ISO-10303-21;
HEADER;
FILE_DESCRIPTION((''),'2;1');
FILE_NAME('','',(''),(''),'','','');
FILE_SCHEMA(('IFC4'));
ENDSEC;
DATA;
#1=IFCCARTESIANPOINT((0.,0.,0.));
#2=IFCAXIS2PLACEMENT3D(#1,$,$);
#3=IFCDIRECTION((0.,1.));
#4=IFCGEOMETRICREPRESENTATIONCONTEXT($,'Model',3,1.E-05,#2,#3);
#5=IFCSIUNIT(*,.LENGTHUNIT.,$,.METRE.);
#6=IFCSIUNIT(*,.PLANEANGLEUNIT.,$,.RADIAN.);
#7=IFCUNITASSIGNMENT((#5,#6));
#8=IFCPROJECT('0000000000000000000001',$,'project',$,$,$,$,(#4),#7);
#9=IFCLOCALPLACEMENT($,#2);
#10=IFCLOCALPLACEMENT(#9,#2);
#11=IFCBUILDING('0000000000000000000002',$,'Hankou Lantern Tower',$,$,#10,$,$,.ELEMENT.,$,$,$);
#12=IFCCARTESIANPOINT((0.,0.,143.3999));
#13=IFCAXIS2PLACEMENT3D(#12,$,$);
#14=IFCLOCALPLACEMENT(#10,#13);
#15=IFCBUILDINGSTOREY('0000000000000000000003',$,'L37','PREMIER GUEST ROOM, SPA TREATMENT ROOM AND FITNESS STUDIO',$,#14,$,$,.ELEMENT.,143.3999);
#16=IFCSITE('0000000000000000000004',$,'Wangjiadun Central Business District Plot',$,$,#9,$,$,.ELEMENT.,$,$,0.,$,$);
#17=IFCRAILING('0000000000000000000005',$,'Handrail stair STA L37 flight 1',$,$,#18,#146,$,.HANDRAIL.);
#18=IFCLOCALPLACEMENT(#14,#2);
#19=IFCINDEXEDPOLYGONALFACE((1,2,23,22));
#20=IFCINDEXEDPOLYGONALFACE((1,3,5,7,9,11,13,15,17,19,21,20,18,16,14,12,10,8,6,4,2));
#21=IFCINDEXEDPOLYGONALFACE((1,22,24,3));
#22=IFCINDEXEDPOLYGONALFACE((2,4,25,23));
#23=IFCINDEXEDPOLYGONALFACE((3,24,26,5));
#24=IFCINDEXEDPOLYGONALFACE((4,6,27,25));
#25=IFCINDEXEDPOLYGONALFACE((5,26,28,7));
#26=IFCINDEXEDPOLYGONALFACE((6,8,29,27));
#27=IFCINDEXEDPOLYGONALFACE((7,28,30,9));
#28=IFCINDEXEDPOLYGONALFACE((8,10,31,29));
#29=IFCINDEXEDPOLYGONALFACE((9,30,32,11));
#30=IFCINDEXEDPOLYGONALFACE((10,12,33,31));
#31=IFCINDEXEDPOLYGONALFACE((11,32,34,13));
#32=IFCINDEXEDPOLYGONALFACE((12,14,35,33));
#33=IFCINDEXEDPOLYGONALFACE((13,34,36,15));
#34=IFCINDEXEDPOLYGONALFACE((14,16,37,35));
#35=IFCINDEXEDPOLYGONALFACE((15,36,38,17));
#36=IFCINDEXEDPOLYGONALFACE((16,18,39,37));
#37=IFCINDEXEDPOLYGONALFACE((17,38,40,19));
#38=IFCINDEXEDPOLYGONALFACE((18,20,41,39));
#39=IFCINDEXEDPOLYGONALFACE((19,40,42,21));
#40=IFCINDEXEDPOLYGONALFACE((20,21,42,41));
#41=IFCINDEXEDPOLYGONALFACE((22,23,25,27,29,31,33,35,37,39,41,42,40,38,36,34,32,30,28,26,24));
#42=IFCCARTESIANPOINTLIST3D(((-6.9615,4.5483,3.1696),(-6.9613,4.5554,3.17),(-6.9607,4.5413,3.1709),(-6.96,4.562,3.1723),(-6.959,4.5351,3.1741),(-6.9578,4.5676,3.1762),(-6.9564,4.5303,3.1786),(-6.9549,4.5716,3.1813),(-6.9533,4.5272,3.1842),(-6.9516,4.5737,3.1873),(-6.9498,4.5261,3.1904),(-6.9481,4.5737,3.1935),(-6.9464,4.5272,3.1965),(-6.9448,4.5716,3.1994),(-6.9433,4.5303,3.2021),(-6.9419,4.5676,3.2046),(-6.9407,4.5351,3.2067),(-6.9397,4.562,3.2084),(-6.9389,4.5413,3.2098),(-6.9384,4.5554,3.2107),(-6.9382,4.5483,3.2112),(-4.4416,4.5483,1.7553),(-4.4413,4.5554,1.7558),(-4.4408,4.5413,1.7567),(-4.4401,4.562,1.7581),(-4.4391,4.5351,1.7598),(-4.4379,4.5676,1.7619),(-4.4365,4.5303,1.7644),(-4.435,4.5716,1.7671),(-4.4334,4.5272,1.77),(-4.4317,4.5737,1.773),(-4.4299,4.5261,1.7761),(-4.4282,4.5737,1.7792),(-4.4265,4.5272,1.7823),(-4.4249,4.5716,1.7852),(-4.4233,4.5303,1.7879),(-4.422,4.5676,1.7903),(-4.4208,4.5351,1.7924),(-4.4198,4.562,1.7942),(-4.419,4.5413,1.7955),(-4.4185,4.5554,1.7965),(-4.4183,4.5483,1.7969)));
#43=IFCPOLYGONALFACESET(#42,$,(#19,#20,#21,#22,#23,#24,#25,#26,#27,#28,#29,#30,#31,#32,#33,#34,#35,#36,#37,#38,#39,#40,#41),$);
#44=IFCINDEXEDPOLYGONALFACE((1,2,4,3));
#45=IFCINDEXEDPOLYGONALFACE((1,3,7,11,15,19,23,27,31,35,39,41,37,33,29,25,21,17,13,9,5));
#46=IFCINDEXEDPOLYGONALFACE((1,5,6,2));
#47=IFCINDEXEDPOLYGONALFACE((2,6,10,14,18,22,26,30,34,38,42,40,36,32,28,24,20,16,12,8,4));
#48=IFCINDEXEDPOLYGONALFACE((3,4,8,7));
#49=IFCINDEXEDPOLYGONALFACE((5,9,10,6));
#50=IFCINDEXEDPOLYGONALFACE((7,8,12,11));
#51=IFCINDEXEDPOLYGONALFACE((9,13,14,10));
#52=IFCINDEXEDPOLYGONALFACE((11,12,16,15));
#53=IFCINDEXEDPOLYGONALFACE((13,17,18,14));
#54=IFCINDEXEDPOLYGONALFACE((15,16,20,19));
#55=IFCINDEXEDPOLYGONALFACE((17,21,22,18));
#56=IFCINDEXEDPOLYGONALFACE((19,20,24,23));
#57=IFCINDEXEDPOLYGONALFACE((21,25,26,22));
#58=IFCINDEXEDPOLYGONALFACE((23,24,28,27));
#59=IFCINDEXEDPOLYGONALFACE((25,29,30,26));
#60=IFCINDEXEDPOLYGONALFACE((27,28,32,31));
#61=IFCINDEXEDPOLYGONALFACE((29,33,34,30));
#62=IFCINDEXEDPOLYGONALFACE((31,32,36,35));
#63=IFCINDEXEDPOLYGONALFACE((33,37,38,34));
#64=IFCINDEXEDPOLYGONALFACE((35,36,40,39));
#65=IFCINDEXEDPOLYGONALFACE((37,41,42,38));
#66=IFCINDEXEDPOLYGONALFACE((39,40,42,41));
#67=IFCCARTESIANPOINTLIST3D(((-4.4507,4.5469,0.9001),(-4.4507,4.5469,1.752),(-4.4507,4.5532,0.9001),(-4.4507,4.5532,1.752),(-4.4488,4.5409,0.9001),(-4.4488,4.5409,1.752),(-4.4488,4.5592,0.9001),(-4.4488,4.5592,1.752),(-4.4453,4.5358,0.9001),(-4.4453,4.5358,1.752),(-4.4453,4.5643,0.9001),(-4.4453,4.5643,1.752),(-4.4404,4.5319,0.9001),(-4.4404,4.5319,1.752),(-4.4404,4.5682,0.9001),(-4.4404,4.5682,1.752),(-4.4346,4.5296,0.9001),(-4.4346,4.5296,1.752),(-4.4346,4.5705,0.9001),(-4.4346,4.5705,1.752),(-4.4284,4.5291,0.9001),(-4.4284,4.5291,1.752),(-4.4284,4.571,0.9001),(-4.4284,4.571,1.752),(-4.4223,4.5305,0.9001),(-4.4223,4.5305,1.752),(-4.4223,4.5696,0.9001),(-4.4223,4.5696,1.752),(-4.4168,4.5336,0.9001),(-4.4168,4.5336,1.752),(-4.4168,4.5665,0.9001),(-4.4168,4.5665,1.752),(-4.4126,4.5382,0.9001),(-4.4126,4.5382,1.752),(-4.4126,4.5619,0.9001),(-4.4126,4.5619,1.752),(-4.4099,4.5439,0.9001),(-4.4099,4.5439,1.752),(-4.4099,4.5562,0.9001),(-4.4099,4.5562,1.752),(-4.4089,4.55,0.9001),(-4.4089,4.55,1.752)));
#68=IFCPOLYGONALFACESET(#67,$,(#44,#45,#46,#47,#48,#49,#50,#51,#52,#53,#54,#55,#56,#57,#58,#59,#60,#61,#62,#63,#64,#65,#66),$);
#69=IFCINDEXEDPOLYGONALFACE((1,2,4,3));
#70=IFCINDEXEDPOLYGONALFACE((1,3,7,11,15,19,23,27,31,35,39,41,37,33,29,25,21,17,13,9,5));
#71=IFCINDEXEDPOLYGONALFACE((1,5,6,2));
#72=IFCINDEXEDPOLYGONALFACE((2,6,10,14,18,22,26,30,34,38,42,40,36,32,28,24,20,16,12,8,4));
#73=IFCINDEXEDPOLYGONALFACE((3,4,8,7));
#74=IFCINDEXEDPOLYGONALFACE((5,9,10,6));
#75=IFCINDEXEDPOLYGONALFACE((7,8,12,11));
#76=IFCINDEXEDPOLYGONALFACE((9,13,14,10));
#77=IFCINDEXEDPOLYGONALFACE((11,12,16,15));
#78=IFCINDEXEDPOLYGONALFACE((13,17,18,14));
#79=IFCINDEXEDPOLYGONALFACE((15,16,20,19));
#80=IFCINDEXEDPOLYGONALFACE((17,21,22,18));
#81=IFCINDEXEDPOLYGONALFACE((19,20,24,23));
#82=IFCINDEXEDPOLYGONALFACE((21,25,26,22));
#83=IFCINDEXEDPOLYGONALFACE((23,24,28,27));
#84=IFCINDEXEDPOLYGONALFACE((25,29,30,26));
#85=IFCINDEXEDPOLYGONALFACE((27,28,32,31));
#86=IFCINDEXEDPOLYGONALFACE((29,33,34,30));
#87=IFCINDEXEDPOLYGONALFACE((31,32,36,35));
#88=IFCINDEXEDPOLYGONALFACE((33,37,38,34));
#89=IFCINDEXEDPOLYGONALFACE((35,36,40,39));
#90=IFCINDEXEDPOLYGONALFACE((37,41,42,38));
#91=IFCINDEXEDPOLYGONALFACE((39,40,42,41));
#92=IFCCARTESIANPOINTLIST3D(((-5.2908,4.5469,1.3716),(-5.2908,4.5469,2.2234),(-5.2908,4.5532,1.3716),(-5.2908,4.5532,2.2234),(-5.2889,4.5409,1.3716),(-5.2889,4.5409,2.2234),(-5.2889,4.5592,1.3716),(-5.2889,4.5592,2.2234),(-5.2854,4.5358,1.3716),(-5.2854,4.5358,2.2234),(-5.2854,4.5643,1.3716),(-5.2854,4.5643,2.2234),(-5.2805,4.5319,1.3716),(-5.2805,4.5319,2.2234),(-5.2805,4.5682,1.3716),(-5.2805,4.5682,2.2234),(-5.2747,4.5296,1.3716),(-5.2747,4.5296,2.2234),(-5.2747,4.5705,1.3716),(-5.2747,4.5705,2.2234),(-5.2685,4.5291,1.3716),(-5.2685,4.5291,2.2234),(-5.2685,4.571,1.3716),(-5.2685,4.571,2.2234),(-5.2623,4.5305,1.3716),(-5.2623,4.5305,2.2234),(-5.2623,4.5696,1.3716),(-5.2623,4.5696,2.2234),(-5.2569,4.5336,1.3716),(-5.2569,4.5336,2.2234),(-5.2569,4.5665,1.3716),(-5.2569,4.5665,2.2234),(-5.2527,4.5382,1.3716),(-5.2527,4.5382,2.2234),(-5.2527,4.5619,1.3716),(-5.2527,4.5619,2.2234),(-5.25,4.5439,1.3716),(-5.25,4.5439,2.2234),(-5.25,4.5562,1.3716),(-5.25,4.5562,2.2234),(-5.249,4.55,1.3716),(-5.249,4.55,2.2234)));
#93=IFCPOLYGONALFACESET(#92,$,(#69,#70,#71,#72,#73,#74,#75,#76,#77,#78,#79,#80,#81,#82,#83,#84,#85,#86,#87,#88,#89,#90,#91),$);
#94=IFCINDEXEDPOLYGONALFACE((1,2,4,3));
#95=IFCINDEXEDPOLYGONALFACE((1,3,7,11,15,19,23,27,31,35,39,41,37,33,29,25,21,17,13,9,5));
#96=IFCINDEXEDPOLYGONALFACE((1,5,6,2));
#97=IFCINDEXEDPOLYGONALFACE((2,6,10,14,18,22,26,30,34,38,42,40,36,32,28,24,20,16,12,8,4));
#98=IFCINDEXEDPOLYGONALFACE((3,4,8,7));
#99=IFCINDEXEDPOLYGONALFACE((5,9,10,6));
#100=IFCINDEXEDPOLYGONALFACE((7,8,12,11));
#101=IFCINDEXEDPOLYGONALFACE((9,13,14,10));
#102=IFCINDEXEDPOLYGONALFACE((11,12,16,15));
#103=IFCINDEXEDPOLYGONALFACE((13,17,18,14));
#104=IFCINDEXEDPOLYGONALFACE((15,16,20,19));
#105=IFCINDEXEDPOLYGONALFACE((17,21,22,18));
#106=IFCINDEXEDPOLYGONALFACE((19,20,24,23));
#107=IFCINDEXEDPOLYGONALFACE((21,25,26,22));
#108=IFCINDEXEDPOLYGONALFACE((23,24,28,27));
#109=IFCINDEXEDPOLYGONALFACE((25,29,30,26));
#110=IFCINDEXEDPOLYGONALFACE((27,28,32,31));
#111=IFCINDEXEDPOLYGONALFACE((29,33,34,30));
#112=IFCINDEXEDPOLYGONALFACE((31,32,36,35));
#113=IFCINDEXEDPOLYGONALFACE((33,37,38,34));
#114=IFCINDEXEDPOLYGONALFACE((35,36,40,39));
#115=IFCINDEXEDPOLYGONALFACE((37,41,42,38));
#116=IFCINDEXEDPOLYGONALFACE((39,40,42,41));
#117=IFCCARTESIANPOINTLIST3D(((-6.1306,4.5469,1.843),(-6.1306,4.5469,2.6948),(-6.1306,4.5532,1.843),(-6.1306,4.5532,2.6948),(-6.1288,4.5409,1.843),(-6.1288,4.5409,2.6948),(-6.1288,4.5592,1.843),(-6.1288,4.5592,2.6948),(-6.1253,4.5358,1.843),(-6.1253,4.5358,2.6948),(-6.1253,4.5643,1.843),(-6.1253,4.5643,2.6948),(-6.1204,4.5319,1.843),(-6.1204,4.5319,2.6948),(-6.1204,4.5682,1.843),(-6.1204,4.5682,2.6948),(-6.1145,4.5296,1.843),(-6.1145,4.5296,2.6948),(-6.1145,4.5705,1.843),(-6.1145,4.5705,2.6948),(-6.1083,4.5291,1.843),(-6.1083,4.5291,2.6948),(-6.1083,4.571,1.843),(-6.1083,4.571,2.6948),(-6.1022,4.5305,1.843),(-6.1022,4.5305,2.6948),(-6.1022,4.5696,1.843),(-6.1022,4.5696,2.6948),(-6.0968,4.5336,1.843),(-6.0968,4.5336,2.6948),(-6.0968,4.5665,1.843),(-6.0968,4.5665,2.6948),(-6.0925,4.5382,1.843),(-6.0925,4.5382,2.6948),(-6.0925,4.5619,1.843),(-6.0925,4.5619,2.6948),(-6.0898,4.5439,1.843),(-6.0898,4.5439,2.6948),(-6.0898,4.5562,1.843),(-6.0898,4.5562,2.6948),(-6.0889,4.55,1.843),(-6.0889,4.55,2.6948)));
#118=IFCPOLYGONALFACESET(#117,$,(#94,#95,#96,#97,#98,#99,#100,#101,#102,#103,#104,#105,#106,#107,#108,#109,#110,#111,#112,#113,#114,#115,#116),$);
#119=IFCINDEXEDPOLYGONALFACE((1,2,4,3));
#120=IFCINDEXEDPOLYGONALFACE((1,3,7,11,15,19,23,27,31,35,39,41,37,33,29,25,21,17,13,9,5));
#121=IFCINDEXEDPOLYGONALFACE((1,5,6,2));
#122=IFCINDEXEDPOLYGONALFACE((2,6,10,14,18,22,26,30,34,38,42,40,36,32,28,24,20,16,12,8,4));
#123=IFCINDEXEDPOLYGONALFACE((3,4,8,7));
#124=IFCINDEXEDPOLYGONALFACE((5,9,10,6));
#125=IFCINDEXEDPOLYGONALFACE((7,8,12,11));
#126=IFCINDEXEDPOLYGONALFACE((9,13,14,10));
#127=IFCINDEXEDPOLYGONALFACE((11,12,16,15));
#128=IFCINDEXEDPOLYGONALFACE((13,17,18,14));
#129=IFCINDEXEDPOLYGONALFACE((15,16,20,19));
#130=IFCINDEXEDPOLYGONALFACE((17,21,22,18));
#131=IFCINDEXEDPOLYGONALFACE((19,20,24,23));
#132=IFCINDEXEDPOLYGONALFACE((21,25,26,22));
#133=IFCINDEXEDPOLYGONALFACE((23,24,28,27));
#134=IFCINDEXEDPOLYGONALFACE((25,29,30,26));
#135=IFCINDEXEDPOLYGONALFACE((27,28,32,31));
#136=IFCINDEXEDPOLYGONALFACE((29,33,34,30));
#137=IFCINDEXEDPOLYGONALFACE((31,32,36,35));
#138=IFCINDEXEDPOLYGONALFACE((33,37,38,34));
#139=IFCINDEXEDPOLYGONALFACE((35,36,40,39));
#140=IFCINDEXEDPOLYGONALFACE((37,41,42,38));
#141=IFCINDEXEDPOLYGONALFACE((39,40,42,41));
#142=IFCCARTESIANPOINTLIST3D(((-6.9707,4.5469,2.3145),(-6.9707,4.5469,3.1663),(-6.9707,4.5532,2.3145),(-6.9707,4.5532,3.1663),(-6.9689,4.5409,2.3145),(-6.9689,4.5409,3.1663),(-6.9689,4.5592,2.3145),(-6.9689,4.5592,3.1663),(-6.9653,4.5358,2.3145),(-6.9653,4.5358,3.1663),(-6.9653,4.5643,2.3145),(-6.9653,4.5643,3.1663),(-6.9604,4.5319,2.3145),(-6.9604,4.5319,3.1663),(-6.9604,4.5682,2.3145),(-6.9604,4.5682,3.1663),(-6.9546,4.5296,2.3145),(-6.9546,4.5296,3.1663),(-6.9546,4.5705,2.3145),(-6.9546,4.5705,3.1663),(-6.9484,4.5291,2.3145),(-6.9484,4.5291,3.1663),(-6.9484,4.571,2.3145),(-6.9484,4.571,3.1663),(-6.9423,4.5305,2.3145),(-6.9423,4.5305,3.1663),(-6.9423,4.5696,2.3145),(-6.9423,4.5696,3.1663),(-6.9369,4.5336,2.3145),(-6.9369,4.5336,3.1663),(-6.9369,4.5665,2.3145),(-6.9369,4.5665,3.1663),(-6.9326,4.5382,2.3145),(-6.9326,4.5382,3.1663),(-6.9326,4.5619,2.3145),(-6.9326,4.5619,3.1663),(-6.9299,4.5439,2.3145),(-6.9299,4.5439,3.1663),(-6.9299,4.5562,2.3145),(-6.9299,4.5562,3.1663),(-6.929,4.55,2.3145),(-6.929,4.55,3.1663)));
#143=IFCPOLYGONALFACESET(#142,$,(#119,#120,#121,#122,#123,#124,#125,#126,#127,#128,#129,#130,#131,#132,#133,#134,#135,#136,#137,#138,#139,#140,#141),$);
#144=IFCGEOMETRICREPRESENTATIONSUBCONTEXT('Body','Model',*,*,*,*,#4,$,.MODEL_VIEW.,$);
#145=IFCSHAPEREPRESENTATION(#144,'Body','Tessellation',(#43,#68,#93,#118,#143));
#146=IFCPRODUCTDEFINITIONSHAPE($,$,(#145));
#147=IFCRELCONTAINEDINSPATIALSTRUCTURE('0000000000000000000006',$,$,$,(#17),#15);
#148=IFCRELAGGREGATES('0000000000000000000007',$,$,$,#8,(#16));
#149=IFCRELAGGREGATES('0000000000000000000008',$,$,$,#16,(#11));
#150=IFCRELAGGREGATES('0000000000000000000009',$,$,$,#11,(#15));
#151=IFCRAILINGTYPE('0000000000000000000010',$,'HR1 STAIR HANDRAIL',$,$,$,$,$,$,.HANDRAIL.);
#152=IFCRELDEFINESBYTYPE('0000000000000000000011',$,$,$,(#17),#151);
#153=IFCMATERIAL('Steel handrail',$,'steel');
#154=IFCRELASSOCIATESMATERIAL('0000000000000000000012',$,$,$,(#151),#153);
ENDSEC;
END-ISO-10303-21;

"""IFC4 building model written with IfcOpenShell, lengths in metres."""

from ifc_helpers import new_model, si_unit, direction, frame, origin, origin_2d, place, context, subcontext, project, spatial, circle, extrude, material, type_object, element, save


model = new_model("IFC4")

# Units and contexts
model_context = context("Model", 3, precision=1e-05, world=origin(), true_north=direction((0.0, 1.0)))
body_context = subcontext(model_context, "Body", "Model", "MODEL_VIEW")
ifc_project = project(units=[si_unit("LENGTHUNIT", "METRE"), si_unit("PLANEANGLEUNIT", "RADIAN")], contexts=[model_context])

# Site, building, storey
site_placement = place(None, origin())
site = spatial("IfcSite", under=ifc_project, at=site_placement, Name="Wangjiadun Central Business District Plot", CompositionType="ELEMENT", RefElevation=0.0)
building_placement = place(site_placement, origin())
building = spatial("IfcBuilding", under=site, at=building_placement, Name="Hankou Lantern Tower", CompositionType="ELEMENT")
storey_placement = place(building_placement, frame((0.0, 0.0, 143.3999)))
storey = spatial("IfcBuildingStorey", under=building, at=storey_placement, Name="L37", Description="PREMIER GUEST ROOM, SPA TREATMENT ROOM AND FITNESS STUDIO", CompositionType="ELEMENT", Elevation=143.3999)

# Railing
ifc_material_1 = material(Name="Steel handrail", Category="steel")
railing_type = type_object("IfcRailingType", Name="HR1 STAIR HANDRAIL", PredefinedType="HANDRAIL", material=ifc_material_1)
railing_1_placement = place(storey_placement, frame((-4.4299, 4.55, 0.9001)))
element("IfcRailing", 1, at=railing_1_placement, inside=storey, type_object=railing_type, Name="Handrail stair STA L37 flight 1", PredefinedType="HANDRAIL", context=body_context, shape_type="SweptSolid", body=[
    extrude(circle(Radius=0.0239, at=origin_2d()), frame((0.0, 0.0, 0.876), z_axis=(-0.872049, 0.0, 0.489419), x_axis=(0.0, -1.0, 0.0)), (0.0, 0.0, 1.0), 2.8896),
    extrude(circle(Radius=0.021, at=origin_2d()), origin(), (0.0, 0.0, 1.0), 0.8518),
    extrude(circle(Radius=0.021, at=origin_2d()), frame((-0.8401, 0.0, 0.4714)), (0.0, 0.0, 1.0), 0.8518),
    extrude(circle(Radius=0.021, at=origin_2d()), frame((-1.6799, 0.0, 0.9429)), (0.0, 0.0, 1.0), 0.8518),
    extrude(circle(Radius=0.021, at=origin_2d()), frame((-2.52, 0.0, 1.4143)), (0.0, 0.0, 1.0), 0.8518),
])

save(model, "model.ifc")
